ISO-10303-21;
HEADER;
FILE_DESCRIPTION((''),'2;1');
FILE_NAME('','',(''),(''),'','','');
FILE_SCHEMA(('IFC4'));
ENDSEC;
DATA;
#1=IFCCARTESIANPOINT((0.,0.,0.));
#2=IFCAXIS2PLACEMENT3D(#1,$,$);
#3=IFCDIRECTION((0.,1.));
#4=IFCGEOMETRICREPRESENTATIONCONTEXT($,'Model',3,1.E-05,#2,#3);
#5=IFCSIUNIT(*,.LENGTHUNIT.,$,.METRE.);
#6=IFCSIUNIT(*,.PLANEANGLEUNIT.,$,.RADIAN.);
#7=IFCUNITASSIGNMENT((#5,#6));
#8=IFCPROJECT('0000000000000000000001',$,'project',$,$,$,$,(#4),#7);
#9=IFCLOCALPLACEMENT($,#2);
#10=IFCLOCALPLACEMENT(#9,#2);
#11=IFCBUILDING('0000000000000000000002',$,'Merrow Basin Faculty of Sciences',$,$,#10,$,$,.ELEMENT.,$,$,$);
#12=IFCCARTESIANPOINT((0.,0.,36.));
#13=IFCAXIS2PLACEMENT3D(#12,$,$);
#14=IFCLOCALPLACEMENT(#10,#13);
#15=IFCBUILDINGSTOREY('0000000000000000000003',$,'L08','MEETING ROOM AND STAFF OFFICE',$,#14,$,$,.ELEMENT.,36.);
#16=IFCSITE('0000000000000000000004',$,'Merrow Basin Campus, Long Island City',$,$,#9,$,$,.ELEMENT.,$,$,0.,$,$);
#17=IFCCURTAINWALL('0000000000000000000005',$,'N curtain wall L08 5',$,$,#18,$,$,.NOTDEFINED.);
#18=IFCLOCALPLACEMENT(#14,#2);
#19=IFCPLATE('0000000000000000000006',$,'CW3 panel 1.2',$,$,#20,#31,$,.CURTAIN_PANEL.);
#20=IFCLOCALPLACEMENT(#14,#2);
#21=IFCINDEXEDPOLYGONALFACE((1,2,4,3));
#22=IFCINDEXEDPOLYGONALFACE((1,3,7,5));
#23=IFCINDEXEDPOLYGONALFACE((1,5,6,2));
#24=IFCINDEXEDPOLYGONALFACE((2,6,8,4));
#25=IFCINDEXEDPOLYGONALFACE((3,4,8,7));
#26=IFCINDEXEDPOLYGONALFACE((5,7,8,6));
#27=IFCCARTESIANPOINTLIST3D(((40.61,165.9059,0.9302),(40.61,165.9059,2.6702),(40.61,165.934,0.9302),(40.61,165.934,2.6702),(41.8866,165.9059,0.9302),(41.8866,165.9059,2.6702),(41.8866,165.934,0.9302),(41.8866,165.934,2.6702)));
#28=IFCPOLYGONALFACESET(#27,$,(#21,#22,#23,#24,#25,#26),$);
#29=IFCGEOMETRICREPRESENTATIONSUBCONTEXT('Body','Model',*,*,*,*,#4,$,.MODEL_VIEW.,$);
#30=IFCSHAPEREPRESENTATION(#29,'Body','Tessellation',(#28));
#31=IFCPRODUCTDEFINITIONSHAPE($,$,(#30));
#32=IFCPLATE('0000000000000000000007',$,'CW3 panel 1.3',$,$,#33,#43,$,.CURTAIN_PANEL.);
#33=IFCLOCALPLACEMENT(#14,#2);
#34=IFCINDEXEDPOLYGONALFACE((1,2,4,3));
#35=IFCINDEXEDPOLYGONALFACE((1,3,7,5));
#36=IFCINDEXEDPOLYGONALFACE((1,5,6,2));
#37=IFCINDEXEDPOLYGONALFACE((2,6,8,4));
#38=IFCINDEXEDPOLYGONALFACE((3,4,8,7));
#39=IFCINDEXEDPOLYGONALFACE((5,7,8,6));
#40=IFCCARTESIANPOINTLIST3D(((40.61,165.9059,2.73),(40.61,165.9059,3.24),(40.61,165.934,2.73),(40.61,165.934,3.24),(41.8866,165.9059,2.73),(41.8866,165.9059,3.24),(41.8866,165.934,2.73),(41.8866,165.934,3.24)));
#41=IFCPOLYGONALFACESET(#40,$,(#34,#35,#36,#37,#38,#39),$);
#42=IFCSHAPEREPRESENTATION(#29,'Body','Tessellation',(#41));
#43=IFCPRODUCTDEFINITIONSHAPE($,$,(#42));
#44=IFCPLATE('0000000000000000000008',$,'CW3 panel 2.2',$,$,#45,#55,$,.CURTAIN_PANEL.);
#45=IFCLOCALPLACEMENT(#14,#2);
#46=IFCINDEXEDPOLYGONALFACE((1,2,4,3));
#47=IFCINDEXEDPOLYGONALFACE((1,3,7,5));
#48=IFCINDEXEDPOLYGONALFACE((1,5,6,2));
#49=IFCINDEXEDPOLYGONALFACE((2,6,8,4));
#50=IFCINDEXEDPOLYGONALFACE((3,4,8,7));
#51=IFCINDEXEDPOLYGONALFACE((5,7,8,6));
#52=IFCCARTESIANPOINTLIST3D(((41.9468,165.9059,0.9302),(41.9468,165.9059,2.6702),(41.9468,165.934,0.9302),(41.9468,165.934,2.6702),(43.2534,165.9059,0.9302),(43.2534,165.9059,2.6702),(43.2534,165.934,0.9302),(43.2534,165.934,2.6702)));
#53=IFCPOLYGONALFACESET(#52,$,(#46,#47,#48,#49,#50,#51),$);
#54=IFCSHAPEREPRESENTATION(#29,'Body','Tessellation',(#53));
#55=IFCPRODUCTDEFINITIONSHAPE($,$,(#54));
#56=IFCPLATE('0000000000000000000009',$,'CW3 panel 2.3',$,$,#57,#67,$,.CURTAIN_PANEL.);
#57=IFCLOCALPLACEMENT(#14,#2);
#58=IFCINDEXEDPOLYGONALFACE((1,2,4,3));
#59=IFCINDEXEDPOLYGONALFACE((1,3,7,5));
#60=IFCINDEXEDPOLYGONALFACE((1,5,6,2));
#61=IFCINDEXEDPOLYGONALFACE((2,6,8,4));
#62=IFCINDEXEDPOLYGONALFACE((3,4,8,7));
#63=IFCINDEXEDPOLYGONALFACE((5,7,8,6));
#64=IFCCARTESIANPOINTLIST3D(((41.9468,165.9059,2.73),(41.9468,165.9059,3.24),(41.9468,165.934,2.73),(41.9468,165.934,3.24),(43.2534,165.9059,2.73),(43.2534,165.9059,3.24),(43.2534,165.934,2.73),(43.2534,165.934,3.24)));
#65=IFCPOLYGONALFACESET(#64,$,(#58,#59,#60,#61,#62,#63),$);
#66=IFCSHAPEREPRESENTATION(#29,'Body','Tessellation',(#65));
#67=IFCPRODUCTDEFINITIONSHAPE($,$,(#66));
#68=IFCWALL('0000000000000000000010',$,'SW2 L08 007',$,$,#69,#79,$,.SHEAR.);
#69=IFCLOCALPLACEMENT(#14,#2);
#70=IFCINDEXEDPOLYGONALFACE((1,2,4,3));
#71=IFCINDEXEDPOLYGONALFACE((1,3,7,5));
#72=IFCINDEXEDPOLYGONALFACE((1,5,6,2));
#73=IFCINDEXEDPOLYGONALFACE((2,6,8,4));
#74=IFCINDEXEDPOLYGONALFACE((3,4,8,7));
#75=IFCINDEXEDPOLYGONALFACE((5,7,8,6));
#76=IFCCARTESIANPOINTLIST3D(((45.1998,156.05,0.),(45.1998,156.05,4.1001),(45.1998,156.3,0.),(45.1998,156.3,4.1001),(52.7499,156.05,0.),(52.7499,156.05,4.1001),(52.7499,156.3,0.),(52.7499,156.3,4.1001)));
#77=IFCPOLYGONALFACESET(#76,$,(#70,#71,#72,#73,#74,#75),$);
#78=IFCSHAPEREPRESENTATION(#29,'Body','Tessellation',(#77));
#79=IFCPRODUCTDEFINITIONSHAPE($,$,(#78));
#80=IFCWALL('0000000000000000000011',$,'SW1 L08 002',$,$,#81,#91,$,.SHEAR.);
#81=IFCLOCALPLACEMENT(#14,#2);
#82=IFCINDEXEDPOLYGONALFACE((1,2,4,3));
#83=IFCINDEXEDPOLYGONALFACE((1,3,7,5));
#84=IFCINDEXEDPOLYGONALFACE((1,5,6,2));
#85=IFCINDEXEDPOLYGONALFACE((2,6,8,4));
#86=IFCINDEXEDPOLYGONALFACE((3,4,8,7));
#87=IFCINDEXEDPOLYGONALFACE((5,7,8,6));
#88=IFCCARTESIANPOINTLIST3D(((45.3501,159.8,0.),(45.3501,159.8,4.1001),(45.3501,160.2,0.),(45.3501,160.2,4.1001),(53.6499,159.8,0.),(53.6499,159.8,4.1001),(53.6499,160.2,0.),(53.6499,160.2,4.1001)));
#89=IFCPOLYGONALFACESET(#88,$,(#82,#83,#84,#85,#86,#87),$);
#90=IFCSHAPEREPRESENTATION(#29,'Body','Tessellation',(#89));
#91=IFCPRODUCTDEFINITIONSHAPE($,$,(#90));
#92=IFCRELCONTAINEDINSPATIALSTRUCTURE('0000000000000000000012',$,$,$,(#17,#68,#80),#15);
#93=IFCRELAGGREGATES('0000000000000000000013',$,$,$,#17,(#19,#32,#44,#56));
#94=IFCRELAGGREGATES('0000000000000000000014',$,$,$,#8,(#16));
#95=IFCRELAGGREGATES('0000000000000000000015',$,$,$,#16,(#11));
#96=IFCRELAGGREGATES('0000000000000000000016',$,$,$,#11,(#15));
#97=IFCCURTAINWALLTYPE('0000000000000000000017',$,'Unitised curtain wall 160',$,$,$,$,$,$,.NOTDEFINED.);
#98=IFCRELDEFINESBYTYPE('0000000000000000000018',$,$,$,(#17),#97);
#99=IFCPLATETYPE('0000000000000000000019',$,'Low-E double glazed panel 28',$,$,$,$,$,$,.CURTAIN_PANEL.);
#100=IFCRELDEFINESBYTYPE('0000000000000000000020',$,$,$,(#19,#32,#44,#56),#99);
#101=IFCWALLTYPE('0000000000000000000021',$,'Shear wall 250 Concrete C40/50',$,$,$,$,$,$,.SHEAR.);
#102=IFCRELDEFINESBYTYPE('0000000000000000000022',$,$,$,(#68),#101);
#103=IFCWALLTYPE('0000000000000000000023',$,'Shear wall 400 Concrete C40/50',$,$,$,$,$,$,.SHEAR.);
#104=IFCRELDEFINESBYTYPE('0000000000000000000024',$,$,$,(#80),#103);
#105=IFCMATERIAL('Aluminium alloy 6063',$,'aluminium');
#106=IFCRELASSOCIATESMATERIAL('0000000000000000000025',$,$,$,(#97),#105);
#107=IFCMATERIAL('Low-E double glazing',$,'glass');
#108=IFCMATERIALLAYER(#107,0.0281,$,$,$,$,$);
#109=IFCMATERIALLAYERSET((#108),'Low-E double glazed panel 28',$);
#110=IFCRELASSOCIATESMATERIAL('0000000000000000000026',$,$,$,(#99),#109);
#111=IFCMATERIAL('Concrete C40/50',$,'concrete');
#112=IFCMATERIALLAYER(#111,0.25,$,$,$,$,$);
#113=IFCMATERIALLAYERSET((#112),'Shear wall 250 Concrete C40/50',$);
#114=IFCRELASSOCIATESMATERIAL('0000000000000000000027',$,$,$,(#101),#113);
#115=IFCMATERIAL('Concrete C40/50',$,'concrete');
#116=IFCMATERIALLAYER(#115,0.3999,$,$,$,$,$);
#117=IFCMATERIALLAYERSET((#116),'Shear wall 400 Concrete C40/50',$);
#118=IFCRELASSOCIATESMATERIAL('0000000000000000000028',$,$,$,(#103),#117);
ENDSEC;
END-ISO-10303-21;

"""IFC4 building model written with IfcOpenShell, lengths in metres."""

from ifc_helpers import new_model, si_unit, direction, frame, frame_2d, origin, origin_2d, place, context, subcontext, project, spatial, rectangle, extrude, material, layer, layer_set, type_object, element, aggregate, save


model = new_model("IFC4")

# Units and contexts
model_context = context("Model", 3, precision=1e-05, world=origin(), true_north=direction((0.0, 1.0)))
body_context = subcontext(model_context, "Body", "Model", "MODEL_VIEW")
ifc_project = project(units=[si_unit("LENGTHUNIT", "METRE"), si_unit("PLANEANGLEUNIT", "RADIAN")], contexts=[model_context])

# Site, building, storey
site_placement = place(None, origin())
site = spatial("IfcSite", under=ifc_project, at=site_placement, Name="Merrow Basin Campus, Long Island City", CompositionType="ELEMENT", RefElevation=0.0)
building_placement = place(site_placement, origin())
building = spatial("IfcBuilding", under=site, at=building_placement, Name="Merrow Basin Faculty of Sciences", CompositionType="ELEMENT")
storey_placement = place(building_placement, frame((0.0, 0.0, 36.0)))
storey = spatial("IfcBuildingStorey", under=building, at=storey_placement, Name="L08", Description="MEETING ROOM AND STAFF OFFICE", CompositionType="ELEMENT", Elevation=36.0)

# Curtain wall
ifc_material_1 = material(Name="Aluminium alloy 6063", Category="aluminium")
curtain_wall_type = type_object("IfcCurtainWallType", Name="Unitised curtain wall 160", PredefinedType="NOTDEFINED", material=ifc_material_1)
curtain_wall_placement = place(storey_placement, origin())
curtain_wall = element("IfcCurtainWall", 1, at=curtain_wall_placement, inside=storey, type_object=curtain_wall_type, Name="N curtain wall L08 5", PredefinedType="NOTDEFINED")

# Plates
ifc_material_2 = material(Name="Low-E double glazing", Category="glass")
ifc_layer_1 = layer(ifc_material_2, 0.0281)
ifc_layer_set_1 = layer_set([ifc_layer_1], Name="Low-E double glazed panel 28")
plate_type_1 = type_object("IfcPlateType", Name="Low-E double glazed panel 28", PredefinedType="CURTAIN_PANEL", material=ifc_layer_set_1)
plate_1_placement = place(storey_placement, frame((41.2483, 165.9199, 0.9302), z_axis=(0.0, 0.0, 1.0), x_axis=(1.0, 0.0, 0.0)))
plate_1 = element("IfcPlate", 2, at=plate_1_placement, type_object=plate_type_1, Name="CW3 panel 1.2", PredefinedType="CURTAIN_PANEL", context=body_context, shape_type="SweptSolid", body=[
    extrude(rectangle(XDim=1.2766, YDim=0.0281, at=origin_2d()), origin(), (0.0, 0.0, 1.0), 1.74),
])
plate_2_placement = place(storey_placement, frame((41.2483, 165.9199, 2.73), z_axis=(0.0, 0.0, 1.0), x_axis=(1.0, 0.0, 0.0)))
plate_2 = element("IfcPlate", 3, at=plate_2_placement, type_object=plate_type_1, Name="CW3 panel 1.3", PredefinedType="CURTAIN_PANEL", context=body_context, shape_type="SweptSolid", body=[
    extrude(rectangle(XDim=1.2766, YDim=0.0281, at=origin_2d()), origin(), (0.0, 0.0, 1.0), 0.51),
])
plate_3_placement = place(storey_placement, frame((42.6001, 165.9199, 0.9302), z_axis=(0.0, 0.0, 1.0), x_axis=(1.0, 0.0, 0.0)))
plate_3 = element("IfcPlate", 4, at=plate_3_placement, type_object=plate_type_1, Name="CW3 panel 2.2", PredefinedType="CURTAIN_PANEL", context=body_context, shape_type="SweptSolid", body=[
    extrude(rectangle(XDim=1.3066, YDim=0.0281, at=origin_2d()), origin(), (0.0, 0.0, 1.0), 1.74),
])
plate_4_placement = place(storey_placement, frame((42.6001, 165.9199, 2.73), z_axis=(0.0, 0.0, 1.0), x_axis=(1.0, 0.0, 0.0)))
plate_4 = element("IfcPlate", 5, at=plate_4_placement, type_object=plate_type_1, Name="CW3 panel 2.3", PredefinedType="CURTAIN_PANEL", context=body_context, shape_type="SweptSolid", body=[
    extrude(rectangle(XDim=1.3066, YDim=0.0281, at=origin_2d()), origin(), (0.0, 0.0, 1.0), 0.51),
])
aggregate(curtain_wall, [plate_1, plate_2, plate_3, plate_4])

# Walls
ifc_material_3 = material(Name="Concrete C40/50", Category="concrete")
ifc_layer_2 = layer(ifc_material_3, 0.25)
ifc_layer_set_2 = layer_set([ifc_layer_2], Name="Shear wall 250 Concrete C40/50")
wall_type_1 = type_object("IfcWallType", Name="Shear wall 250 Concrete C40/50", PredefinedType="SHEAR", material=ifc_layer_set_2)
wall_1_placement = place(storey_placement, frame((45.2, 156.175, 0.0), z_axis=(0.0, 0.0, 1.0), x_axis=(1.0, 0.0, 0.0)))
element("IfcWall", 6, at=wall_1_placement, inside=storey, type_object=wall_type_1, Name="SW2 L08 007", PredefinedType="SHEAR", context=body_context, shape_type="SweptSolid", body=[
    extrude(rectangle(XDim=7.55, YDim=0.25, at=frame_2d((3.7749, 0.0))), origin(), (0.0, 0.0, 1.0), 4.1001),
])
ifc_material_4 = material(Name="Concrete C40/50", Category="concrete")
ifc_layer_3 = layer(ifc_material_4, 0.3999)
ifc_layer_set_3 = layer_set([ifc_layer_3], Name="Shear wall 400 Concrete C40/50")
wall_type_2 = type_object("IfcWallType", Name="Shear wall 400 Concrete C40/50", PredefinedType="SHEAR", material=ifc_layer_set_3)
wall_2_placement = place(storey_placement, frame((45.3501, 160.0, 0.0), z_axis=(0.0, 0.0, 1.0), x_axis=(1.0, 0.0, 0.0)))
element("IfcWall", 7, at=wall_2_placement, inside=storey, type_object=wall_type_2, Name="SW1 L08 002", PredefinedType="SHEAR", context=body_context, shape_type="SweptSolid", body=[
    extrude(rectangle(XDim=8.2998, YDim=0.3999, at=frame_2d((4.1499, 0.0))), origin(), (0.0, 0.0, 1.0), 4.1001),
])

save(model, "model.ifc")
